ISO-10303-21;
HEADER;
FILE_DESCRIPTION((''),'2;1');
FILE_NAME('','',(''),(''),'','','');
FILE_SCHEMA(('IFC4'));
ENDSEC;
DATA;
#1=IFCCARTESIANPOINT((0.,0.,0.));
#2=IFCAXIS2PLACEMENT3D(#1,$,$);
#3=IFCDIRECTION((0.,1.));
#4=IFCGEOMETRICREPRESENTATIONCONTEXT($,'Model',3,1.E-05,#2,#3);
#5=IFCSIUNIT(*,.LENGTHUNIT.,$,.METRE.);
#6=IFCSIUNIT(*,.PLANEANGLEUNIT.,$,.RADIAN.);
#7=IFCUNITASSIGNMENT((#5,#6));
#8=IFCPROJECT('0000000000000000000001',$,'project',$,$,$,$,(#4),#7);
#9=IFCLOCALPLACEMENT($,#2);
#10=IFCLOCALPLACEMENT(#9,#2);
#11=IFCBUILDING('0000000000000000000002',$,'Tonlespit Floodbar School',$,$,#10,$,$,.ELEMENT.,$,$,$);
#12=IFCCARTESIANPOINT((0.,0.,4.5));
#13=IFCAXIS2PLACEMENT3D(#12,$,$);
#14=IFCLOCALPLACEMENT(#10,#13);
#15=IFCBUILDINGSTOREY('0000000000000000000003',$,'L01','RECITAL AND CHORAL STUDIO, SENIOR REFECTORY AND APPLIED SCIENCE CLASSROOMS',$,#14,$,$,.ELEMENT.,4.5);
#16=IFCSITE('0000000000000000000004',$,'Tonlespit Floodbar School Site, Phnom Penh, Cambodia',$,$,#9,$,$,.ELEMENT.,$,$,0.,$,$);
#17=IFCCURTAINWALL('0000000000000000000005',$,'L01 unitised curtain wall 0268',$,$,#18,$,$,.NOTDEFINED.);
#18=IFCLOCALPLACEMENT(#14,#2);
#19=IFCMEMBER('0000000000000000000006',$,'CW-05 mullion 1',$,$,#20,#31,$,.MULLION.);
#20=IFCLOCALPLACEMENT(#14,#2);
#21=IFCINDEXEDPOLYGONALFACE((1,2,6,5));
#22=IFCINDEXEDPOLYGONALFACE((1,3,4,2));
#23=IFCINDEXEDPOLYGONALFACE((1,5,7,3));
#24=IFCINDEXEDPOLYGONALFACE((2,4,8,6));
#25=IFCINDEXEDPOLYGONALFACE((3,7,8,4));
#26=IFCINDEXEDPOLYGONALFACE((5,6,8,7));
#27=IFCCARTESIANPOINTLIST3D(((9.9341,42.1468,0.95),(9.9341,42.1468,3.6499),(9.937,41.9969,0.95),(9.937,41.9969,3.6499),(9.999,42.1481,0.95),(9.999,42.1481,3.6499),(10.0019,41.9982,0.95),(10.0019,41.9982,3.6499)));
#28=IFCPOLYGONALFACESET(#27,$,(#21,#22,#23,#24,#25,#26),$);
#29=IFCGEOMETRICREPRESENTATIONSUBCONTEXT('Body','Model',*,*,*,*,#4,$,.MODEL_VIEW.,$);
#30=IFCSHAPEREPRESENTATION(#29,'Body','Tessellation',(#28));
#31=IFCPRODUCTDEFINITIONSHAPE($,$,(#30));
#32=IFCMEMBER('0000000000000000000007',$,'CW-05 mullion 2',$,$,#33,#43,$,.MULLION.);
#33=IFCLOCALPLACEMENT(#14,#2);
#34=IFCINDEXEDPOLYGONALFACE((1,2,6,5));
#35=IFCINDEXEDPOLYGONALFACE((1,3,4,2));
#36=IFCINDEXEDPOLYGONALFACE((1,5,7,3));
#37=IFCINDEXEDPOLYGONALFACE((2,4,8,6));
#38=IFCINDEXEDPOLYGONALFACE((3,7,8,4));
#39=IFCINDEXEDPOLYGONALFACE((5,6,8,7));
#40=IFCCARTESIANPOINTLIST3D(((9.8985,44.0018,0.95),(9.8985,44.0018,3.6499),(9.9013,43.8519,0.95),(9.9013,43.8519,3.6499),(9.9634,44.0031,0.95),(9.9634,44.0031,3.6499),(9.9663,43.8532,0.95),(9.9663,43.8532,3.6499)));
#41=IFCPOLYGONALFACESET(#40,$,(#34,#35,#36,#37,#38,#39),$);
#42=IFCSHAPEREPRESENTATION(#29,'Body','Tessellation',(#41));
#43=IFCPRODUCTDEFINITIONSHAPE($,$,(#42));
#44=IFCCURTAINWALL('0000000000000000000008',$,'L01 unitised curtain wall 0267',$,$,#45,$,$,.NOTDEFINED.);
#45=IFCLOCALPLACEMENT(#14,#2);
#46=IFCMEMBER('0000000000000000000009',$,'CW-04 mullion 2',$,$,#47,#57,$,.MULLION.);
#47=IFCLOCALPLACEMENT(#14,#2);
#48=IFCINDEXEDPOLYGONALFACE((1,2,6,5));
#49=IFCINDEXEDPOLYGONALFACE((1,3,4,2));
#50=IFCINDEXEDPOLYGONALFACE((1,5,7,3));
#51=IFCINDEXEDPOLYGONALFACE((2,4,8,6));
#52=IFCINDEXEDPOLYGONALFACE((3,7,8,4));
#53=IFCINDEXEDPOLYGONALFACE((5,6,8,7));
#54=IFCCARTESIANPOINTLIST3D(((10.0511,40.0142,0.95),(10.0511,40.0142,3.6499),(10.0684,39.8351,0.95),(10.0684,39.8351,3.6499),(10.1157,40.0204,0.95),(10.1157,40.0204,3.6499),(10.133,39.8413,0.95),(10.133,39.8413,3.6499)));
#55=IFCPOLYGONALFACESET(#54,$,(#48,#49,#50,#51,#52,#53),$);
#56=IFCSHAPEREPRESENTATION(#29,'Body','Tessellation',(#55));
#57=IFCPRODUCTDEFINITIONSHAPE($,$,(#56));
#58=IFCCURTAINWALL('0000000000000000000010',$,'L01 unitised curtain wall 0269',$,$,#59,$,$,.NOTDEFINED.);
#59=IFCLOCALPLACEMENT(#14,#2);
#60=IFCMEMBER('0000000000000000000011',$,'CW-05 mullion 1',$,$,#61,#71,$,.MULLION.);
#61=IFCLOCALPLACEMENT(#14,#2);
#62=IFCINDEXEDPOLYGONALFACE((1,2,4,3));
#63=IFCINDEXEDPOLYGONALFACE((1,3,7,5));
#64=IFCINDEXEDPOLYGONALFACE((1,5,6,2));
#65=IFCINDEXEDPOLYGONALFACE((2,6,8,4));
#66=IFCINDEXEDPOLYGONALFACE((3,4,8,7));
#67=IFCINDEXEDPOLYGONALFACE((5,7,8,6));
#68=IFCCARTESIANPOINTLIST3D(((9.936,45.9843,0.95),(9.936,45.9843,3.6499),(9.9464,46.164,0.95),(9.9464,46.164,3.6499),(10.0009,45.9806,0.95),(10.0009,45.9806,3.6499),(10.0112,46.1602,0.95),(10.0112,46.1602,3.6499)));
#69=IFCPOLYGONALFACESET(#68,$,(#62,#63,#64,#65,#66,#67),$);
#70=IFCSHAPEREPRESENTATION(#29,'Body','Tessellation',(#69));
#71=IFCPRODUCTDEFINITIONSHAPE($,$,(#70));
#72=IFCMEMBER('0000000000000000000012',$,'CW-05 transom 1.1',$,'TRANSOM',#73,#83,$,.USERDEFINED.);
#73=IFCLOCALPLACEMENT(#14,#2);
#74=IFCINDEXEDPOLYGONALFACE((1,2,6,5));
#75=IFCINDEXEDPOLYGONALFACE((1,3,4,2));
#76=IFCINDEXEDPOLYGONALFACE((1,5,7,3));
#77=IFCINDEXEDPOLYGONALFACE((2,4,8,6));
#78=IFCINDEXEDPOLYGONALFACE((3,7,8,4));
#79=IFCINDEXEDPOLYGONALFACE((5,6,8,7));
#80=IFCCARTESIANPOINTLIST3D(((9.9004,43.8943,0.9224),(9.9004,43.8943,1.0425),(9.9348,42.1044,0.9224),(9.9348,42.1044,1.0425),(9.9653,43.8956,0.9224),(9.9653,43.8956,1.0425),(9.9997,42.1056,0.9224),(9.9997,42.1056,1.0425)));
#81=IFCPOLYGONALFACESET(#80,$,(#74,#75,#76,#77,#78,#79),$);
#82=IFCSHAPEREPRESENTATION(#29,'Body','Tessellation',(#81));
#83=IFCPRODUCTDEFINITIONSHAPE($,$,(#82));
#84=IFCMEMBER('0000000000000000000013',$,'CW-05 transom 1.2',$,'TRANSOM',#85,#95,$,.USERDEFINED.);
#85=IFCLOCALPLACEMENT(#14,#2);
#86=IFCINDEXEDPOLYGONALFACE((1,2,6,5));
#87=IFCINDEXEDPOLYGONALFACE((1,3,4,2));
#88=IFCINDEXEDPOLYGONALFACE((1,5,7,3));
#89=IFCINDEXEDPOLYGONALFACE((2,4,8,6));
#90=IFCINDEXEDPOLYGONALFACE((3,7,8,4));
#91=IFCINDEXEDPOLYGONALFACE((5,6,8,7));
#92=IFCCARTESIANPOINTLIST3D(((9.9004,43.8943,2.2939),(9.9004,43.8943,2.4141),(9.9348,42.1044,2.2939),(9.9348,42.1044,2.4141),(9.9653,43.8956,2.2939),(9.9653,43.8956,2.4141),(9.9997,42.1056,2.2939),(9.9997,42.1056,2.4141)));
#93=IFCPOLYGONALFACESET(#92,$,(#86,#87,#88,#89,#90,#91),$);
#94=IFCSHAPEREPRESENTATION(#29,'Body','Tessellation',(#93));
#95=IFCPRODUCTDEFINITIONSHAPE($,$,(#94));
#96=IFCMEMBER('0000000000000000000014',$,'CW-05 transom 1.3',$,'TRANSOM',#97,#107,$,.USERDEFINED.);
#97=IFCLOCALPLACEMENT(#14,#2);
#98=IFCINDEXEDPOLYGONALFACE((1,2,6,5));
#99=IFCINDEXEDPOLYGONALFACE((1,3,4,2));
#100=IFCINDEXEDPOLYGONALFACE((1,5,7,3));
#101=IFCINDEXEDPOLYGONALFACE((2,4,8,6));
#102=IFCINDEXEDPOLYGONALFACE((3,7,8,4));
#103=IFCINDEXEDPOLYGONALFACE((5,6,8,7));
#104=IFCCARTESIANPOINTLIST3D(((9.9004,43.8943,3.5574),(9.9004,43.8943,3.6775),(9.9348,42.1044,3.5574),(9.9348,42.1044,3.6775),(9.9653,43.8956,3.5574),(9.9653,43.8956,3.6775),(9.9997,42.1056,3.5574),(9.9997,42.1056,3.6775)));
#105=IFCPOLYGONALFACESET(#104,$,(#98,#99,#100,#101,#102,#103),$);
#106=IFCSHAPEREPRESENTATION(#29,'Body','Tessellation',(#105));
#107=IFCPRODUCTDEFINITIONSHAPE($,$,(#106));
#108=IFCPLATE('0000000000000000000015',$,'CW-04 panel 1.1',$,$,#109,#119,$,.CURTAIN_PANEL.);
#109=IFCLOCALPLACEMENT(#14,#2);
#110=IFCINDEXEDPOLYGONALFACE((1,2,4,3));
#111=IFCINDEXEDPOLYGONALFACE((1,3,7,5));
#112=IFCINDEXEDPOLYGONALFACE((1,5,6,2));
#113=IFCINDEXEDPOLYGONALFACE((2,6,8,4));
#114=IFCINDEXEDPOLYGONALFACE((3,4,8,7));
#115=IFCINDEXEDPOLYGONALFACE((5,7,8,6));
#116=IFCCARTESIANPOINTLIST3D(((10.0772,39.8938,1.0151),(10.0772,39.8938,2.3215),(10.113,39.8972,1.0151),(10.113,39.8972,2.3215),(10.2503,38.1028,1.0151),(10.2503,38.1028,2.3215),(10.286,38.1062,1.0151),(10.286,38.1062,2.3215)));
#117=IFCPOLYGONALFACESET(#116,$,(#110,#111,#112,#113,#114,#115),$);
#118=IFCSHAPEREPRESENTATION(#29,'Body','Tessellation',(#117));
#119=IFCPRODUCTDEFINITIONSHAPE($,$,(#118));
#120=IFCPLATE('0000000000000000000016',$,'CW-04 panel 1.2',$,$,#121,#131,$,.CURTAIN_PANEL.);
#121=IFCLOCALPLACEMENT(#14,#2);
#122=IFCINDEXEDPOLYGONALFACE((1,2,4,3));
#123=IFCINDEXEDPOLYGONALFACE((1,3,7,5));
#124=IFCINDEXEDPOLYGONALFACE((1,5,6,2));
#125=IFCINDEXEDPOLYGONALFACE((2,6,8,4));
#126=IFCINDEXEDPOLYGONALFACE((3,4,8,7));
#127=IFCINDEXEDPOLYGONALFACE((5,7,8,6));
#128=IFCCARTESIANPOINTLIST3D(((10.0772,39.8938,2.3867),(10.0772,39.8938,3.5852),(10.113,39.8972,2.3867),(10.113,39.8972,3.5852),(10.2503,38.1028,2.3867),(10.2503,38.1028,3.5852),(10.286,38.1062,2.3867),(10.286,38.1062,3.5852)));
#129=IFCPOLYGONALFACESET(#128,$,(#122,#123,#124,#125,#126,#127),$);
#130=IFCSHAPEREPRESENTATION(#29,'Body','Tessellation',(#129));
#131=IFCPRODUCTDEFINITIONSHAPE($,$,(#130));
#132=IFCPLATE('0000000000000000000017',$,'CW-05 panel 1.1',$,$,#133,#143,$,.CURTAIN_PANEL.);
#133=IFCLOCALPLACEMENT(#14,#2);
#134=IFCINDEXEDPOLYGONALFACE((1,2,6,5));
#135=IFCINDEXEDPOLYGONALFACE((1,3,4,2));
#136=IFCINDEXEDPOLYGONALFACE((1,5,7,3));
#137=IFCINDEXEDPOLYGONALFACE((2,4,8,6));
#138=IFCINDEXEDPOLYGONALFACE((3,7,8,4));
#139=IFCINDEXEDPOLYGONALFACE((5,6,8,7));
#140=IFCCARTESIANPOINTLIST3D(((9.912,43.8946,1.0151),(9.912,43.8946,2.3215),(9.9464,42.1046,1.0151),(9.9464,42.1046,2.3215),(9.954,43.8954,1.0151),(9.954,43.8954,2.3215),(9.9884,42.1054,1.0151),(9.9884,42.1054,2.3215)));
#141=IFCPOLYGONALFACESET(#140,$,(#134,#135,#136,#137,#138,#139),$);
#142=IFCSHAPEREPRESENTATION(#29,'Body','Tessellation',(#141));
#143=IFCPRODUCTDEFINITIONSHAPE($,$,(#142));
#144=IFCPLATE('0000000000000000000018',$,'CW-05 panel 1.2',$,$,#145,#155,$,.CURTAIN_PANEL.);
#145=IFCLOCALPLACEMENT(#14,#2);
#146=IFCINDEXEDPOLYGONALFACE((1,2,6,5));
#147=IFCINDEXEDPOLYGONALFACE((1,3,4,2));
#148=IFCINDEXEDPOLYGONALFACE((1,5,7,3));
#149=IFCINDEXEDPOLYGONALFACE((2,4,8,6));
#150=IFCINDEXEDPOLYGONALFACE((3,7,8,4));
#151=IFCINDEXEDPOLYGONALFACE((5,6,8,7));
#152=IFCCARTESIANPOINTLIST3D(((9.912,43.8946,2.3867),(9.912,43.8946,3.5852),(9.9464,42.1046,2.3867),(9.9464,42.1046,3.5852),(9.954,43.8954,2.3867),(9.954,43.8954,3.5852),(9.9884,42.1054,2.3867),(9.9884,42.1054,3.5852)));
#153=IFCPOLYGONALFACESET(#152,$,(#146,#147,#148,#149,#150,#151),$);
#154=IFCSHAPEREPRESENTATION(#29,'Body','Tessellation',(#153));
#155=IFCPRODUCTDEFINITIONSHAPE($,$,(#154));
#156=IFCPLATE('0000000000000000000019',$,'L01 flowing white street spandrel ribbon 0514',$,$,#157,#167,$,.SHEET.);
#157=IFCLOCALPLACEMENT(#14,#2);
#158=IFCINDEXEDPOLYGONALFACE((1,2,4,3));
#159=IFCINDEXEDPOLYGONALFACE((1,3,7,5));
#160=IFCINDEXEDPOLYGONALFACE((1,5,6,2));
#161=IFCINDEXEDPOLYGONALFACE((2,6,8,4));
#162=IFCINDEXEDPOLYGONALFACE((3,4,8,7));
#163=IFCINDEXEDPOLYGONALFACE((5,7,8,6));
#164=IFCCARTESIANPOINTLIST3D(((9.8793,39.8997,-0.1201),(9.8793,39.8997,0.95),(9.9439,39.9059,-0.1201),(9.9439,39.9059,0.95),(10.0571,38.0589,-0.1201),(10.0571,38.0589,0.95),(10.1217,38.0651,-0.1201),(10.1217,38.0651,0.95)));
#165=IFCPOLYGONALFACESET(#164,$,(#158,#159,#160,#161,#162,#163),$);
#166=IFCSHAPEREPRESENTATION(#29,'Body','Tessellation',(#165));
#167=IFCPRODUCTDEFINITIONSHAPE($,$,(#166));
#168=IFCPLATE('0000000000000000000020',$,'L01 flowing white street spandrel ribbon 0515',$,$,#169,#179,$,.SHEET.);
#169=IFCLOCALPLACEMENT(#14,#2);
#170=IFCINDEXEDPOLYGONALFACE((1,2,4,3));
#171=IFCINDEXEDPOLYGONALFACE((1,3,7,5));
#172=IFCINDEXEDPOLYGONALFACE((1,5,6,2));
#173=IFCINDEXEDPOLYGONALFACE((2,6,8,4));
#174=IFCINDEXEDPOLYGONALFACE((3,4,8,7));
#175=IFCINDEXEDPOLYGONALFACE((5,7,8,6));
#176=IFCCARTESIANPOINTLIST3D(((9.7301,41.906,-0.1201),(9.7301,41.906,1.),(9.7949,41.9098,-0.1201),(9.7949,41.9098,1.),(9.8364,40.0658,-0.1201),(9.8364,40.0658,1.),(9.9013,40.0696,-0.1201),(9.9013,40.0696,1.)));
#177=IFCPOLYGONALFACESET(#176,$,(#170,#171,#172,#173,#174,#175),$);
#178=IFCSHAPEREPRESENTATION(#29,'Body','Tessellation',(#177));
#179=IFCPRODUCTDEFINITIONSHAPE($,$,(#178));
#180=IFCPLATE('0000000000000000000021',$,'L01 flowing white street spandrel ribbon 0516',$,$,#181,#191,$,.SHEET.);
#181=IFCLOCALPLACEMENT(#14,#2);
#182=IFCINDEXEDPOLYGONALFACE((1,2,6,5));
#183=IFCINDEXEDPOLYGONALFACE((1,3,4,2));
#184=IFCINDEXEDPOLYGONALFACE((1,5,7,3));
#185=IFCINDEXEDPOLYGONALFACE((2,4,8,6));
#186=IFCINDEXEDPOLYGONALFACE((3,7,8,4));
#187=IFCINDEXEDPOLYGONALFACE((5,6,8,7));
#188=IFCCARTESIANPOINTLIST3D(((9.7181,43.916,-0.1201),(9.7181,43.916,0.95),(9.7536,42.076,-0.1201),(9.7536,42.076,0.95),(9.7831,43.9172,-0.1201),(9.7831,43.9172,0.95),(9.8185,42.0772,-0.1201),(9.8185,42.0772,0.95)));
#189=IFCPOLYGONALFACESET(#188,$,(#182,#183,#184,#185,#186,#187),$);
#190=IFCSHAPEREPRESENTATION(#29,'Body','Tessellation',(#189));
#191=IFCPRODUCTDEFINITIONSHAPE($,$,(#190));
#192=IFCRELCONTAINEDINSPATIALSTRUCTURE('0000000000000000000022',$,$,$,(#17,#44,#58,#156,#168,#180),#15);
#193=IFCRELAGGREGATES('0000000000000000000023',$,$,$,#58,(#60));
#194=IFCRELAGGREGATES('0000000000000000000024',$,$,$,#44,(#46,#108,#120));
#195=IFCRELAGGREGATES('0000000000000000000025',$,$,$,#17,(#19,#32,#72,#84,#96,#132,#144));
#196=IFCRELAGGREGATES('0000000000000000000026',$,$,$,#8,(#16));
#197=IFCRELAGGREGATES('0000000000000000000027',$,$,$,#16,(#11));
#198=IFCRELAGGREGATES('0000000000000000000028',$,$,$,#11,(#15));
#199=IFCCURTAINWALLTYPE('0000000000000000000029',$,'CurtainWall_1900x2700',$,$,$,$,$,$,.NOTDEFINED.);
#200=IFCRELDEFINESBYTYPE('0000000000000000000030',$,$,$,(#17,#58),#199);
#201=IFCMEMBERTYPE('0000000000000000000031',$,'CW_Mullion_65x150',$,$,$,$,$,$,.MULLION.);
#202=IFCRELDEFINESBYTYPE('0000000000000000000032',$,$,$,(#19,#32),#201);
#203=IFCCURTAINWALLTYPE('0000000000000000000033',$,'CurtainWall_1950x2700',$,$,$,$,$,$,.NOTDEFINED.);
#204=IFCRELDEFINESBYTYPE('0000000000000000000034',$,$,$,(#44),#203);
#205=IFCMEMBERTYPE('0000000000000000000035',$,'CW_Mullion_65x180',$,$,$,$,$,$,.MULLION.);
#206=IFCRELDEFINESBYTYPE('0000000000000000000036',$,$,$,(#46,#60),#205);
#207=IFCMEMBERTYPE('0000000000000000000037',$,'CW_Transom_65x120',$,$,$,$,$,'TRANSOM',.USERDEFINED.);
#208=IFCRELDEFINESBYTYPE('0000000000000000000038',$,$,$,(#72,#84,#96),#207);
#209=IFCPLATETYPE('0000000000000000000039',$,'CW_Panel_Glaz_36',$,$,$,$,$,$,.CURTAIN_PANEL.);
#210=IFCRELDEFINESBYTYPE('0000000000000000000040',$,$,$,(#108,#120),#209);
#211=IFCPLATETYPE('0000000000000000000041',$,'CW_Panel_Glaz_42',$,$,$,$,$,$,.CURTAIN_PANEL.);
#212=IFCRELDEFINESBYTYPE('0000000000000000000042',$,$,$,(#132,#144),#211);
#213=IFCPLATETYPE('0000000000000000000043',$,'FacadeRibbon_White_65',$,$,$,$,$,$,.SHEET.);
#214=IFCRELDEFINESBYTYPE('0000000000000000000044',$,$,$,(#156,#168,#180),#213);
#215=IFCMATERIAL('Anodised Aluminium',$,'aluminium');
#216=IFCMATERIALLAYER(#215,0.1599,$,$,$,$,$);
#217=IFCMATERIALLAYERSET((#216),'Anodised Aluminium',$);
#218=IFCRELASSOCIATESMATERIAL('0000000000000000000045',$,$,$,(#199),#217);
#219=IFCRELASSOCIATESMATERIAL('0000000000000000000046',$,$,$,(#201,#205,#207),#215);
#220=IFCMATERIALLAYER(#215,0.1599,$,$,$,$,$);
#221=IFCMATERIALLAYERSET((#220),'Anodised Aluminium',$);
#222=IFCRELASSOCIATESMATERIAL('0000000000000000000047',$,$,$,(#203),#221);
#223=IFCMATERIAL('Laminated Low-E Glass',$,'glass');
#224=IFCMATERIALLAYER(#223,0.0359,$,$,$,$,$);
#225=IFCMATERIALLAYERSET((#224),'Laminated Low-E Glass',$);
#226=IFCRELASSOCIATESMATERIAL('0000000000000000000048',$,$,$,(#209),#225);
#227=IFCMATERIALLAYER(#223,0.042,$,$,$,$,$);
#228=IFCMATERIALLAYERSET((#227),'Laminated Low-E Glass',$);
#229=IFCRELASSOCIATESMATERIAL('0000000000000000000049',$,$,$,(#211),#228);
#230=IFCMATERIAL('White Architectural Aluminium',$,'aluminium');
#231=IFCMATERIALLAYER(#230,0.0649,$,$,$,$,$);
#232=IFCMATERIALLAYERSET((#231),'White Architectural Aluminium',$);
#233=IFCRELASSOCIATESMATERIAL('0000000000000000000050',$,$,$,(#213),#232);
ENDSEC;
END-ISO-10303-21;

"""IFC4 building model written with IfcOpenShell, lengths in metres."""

from ifc_helpers import new_model, si_unit, direction, frame, origin, origin_2d, place, context, subcontext, project, spatial, rectangle, extrude, material, layer, layer_set, material_profile, profile_set, type_object, element, aggregate, save


model = new_model("IFC4")

# Units and contexts
model_context = context("Model", 3, precision=1e-05, world=origin(), true_north=direction((0.0, 1.0)))
body_context = subcontext(model_context, "Body", "Model", "MODEL_VIEW")
ifc_project = project(units=[si_unit("LENGTHUNIT", "METRE"), si_unit("PLANEANGLEUNIT", "RADIAN")], contexts=[model_context])

# Site, building, storey
site_placement = place(None, origin())
site = spatial("IfcSite", under=ifc_project, at=site_placement, Name="Tonlespit Floodbar School Site, Phnom Penh, Cambodia", CompositionType="ELEMENT", RefElevation=0.0)
building_placement = place(site_placement, origin())
building = spatial("IfcBuilding", under=site, at=building_placement, Name="Tonlespit Floodbar School", CompositionType="ELEMENT")
storey_placement = place(building_placement, frame((0.0, 0.0, 4.5)))
storey = spatial("IfcBuildingStorey", under=building, at=storey_placement, Name="L01", Description="RECITAL AND CHORAL STUDIO, SENIOR REFECTORY AND APPLIED SCIENCE CLASSROOMS", CompositionType="ELEMENT", Elevation=4.5)

# Curtain wall, members
ifc_material_1 = material(Name="Anodised Aluminium", Category="aluminium")
ifc_layer_1 = layer(ifc_material_1, 0.1599)
ifc_layer_set_1 = layer_set([ifc_layer_1], Name="Anodised Aluminium")
curtain_wall_type_1 = type_object("IfcCurtainWallType", Name="CurtainWall_1900x2700", PredefinedType="NOTDEFINED", material=ifc_layer_set_1)
curtain_wall_1_placement = place(storey_placement, origin())
curtain_wall_1 = element("IfcCurtainWall", 1, at=curtain_wall_1_placement, inside=storey, type_object=curtain_wall_type_1, Name="L01 unitised curtain wall 0268", PredefinedType="NOTDEFINED")
ifc_material_profile_1 = material_profile(ifc_material_1, rectangle(XDim=0.0649, YDim=0.1499, at=origin_2d()), Name="ALU M65x150")
ifc_profile_set_1 = profile_set([ifc_material_profile_1], Name="Anodised Aluminium")
member_type_1 = type_object("IfcMemberType", Name="CW_Mullion_65x150", PredefinedType="MULLION", material=ifc_profile_set_1)
member_1_placement = place(storey_placement, frame((9.968, 42.0725, 0.95), z_axis=(0.0, 0.0, 1.0), x_axis=(-0.999815, -0.019215, 0.0)))
member_1 = element("IfcMember", 2, at=member_1_placement, type_object=member_type_1, Name="CW-05 mullion 1", PredefinedType="MULLION", context=body_context, shape_type="SweptSolid", body=[
    extrude(rectangle(XDim=0.0649, YDim=0.1499, at=origin_2d()), origin(), (0.0, 0.0, 1.0), 2.7),
])
member_2_placement = place(storey_placement, frame((9.9324, 43.9275, 0.95), z_axis=(0.0, 0.0, 1.0), x_axis=(-0.999815, -0.019215, 0.0)))
member_2 = element("IfcMember", 3, at=member_2_placement, type_object=member_type_1, Name="CW-05 mullion 2", PredefinedType="MULLION", context=body_context, shape_type="SweptSolid", body=[
    extrude(rectangle(XDim=0.0649, YDim=0.1499, at=origin_2d()), origin(), (0.0, 0.0, 1.0), 2.7),
])

# Curtain walls, members
ifc_layer_2 = layer(ifc_material_1, 0.1599)
ifc_layer_set_2 = layer_set([ifc_layer_2], Name="Anodised Aluminium")
curtain_wall_type_2 = type_object("IfcCurtainWallType", Name="CurtainWall_1950x2700", PredefinedType="NOTDEFINED", material=ifc_layer_set_2)
curtain_wall_2_placement = place(storey_placement, origin())
curtain_wall_2 = element("IfcCurtainWall", 4, at=curtain_wall_2_placement, inside=storey, type_object=curtain_wall_type_2, Name="L01 unitised curtain wall 0267", PredefinedType="NOTDEFINED")
ifc_material_profile_2 = material_profile(ifc_material_1, rectangle(XDim=0.0649, YDim=0.1799, at=origin_2d()), Name="ALU M65x180")
ifc_profile_set_2 = profile_set([ifc_material_profile_2], Name="Anodised Aluminium")
member_type_2 = type_object("IfcMemberType", Name="CW_Mullion_65x180", PredefinedType="MULLION", material=ifc_profile_set_2)
member_3_placement = place(storey_placement, frame((10.092, 39.9277, 0.95), z_axis=(0.0, 0.0, 1.0), x_axis=(-0.995362, -0.096198, 0.0)))
member_3 = element("IfcMember", 5, at=member_3_placement, type_object=member_type_2, Name="CW-04 mullion 2", PredefinedType="MULLION", context=body_context, shape_type="SweptSolid", body=[
    extrude(rectangle(XDim=0.0649, YDim=0.1799, at=origin_2d()), origin(), (0.0, 0.0, 1.0), 2.7),
])
curtain_wall_3_placement = place(storey_placement, origin())
curtain_wall_3 = element("IfcCurtainWall", 6, at=curtain_wall_3_placement, inside=storey, type_object=curtain_wall_type_1, Name="L01 unitised curtain wall 0269", PredefinedType="NOTDEFINED")
member_4_placement = place(storey_placement, frame((9.9736, 46.0723, 0.95), z_axis=(0.0, 0.0, 1.0), x_axis=(-0.998333, 0.05771, 0.0)))
member_4 = element("IfcMember", 7, at=member_4_placement, type_object=member_type_2, Name="CW-05 mullion 1", PredefinedType="MULLION", context=body_context, shape_type="SweptSolid", body=[
    extrude(rectangle(XDim=0.0649, YDim=0.1799, at=origin_2d()), origin(), (0.0, 0.0, 1.0), 2.7),
])
aggregate(curtain_wall_3, [member_4])

# Members
ifc_material_profile_3 = material_profile(ifc_material_1, rectangle(XDim=0.0649, YDim=0.1201, at=origin_2d()), Name="ALU T65x120")
ifc_profile_set_3 = profile_set([ifc_material_profile_3], Name="Anodised Aluminium")
member_type_3 = type_object("IfcMemberType", Name="CW_Transom_65x120", ElementType="TRANSOM", PredefinedType="USERDEFINED", material=ifc_profile_set_3)
member_5_placement = place(storey_placement, frame((9.9673, 42.105, 0.9824), z_axis=(-0.019227, 0.999815, 0.0), x_axis=(-0.999815, -0.019227, 0.0)))
member_5 = element("IfcMember", 8, at=member_5_placement, type_object=member_type_3, Name="CW-05 transom 1.1", ObjectType="TRANSOM", PredefinedType="USERDEFINED", context=body_context, shape_type="SweptSolid", body=[
    extrude(rectangle(XDim=0.0649, YDim=0.1201, at=origin_2d()), origin(), (0.0, 0.0, 1.0), 1.7903),
])
member_6_placement = place(storey_placement, frame((9.9673, 42.105, 2.354), z_axis=(-0.019227, 0.999815, 0.0), x_axis=(-0.999815, -0.019227, 0.0)))
member_6 = element("IfcMember", 9, at=member_6_placement, type_object=member_type_3, Name="CW-05 transom 1.2", ObjectType="TRANSOM", PredefinedType="USERDEFINED", context=body_context, shape_type="SweptSolid", body=[
    extrude(rectangle(XDim=0.0649, YDim=0.1201, at=origin_2d()), origin(), (0.0, 0.0, 1.0), 1.7903),
])
member_7_placement = place(storey_placement, frame((9.9673, 42.105, 3.6174), z_axis=(-0.019227, 0.999815, 0.0), x_axis=(-0.999815, -0.019227, 0.0)))
member_7 = element("IfcMember", 10, at=member_7_placement, type_object=member_type_3, Name="CW-05 transom 1.3", ObjectType="TRANSOM", PredefinedType="USERDEFINED", context=body_context, shape_type="SweptSolid", body=[
    extrude(rectangle(XDim=0.0649, YDim=0.1201, at=origin_2d()), origin(), (0.0, 0.0, 1.0), 1.7903),
])

# Plates
ifc_material_2 = material(Name="Laminated Low-E Glass", Category="glass")
ifc_layer_3 = layer(ifc_material_2, 0.0359)
ifc_layer_set_3 = layer_set([ifc_layer_3], Name="Laminated Low-E Glass")
plate_type_1 = type_object("IfcPlateType", Name="CW_Panel_Glaz_36", PredefinedType="CURTAIN_PANEL", material=ifc_layer_set_3)
plate_1_placement = place(storey_placement, frame((10.1816, 39.0, 1.0151), z_axis=(0.0, 0.0, 1.0), x_axis=(-0.096198, 0.995362, 0.0)))
plate_1 = element("IfcPlate", 11, at=plate_1_placement, type_object=plate_type_1, Name="CW-04 panel 1.1", PredefinedType="CURTAIN_PANEL", context=body_context, shape_type="SweptSolid", body=[
    extrude(rectangle(XDim=1.7993, YDim=0.0359, at=origin_2d()), origin(), (0.0, 0.0, 1.0), 1.3064),
])
plate_2_placement = place(storey_placement, frame((10.1816, 39.0, 2.3867), z_axis=(0.0, 0.0, 1.0), x_axis=(-0.096198, 0.995362, 0.0)))
plate_2 = element("IfcPlate", 12, at=plate_2_placement, type_object=plate_type_1, Name="CW-04 panel 1.2", PredefinedType="CURTAIN_PANEL", context=body_context, shape_type="SweptSolid", body=[
    extrude(rectangle(XDim=1.7993, YDim=0.0359, at=origin_2d()), origin(), (0.0, 0.0, 1.0), 1.1985),
])
aggregate(curtain_wall_2, [member_3, plate_1, plate_2])
ifc_layer_4 = layer(ifc_material_2, 0.042)
ifc_layer_set_4 = layer_set([ifc_layer_4], Name="Laminated Low-E Glass")
plate_type_2 = type_object("IfcPlateType", Name="CW_Panel_Glaz_42", PredefinedType="CURTAIN_PANEL", material=ifc_layer_set_4)
plate_3_placement = place(storey_placement, frame((9.9502, 43.0, 1.0151), z_axis=(0.0, 0.0, 1.0), x_axis=(-0.019215, 0.999815, 0.0)))
plate_3 = element("IfcPlate", 13, at=plate_3_placement, type_object=plate_type_2, Name="CW-05 panel 1.1", PredefinedType="CURTAIN_PANEL", context=body_context, shape_type="SweptSolid", body=[
    extrude(rectangle(XDim=1.7903, YDim=0.042, at=origin_2d()), origin(), (0.0, 0.0, 1.0), 1.3064),
])
plate_4_placement = place(storey_placement, frame((9.9502, 43.0, 2.3867), z_axis=(0.0, 0.0, 1.0), x_axis=(-0.019215, 0.999815, 0.0)))
plate_4 = element("IfcPlate", 14, at=plate_4_placement, type_object=plate_type_2, Name="CW-05 panel 1.2", PredefinedType="CURTAIN_PANEL", context=body_context, shape_type="SweptSolid", body=[
    extrude(rectangle(XDim=1.7903, YDim=0.042, at=origin_2d()), origin(), (0.0, 0.0, 1.0), 1.1985),
])
aggregate(curtain_wall_1, [member_1, member_2, member_5, member_6, member_7, plate_3, plate_4])

# Plates
ifc_material_3 = material(Name="White Architectural Aluminium", Category="aluminium")
ifc_layer_5 = layer(ifc_material_3, 0.0649)
ifc_layer_set_5 = layer_set([ifc_layer_5], Name="White Architectural Aluminium")
plate_type_3 = type_object("IfcPlateType", Name="FacadeRibbon_White_65", PredefinedType="SHEET", material=ifc_layer_set_5)
plate_5_placement = place(storey_placement, frame((10.0005, 38.9824, -0.1201), z_axis=(0.0, 0.0, 1.0), x_axis=(-0.096153, 0.995367, 0.0)))
element("IfcPlate", 15, at=plate_5_placement, inside=storey, type_object=plate_type_3, Name="L01 flowing white street spandrel ribbon 0514", PredefinedType="SHEET", context=body_context, shape_type="SweptSolid", body=[
    extrude(rectangle(XDim=1.8494, YDim=0.0649, at=origin_2d()), origin(), (0.0, 0.0, 1.0), 1.0701),
])
plate_6_placement = place(storey_placement, frame((9.8157, 40.9878, -0.1201), z_axis=(0.0, 0.0, 1.0), x_axis=(-0.057703, 0.998334, 0.0)))
element("IfcPlate", 16, at=plate_6_placement, inside=storey, type_object=plate_type_3, Name="L01 flowing white street spandrel ribbon 0515", PredefinedType="SHEET", context=body_context, shape_type="SweptSolid", body=[
    extrude(rectangle(XDim=1.8433, YDim=0.0649, at=origin_2d()), origin(), (0.0, 0.0, 1.0), 1.1201),
])
plate_7_placement = place(storey_placement, frame((9.7683, 42.9966, -0.1201), z_axis=(0.0, 0.0, 1.0), x_axis=(-0.019246, 0.999815, 0.0)))
element("IfcPlate", 17, at=plate_7_placement, inside=storey, type_object=plate_type_3, Name="L01 flowing white street spandrel ribbon 0516", PredefinedType="SHEET", context=body_context, shape_type="SweptSolid", body=[
    extrude(rectangle(XDim=1.8403, YDim=0.0649, at=origin_2d()), origin(), (0.0, 0.0, 1.0), 1.0701),
])

save(model, "model.ifc")
